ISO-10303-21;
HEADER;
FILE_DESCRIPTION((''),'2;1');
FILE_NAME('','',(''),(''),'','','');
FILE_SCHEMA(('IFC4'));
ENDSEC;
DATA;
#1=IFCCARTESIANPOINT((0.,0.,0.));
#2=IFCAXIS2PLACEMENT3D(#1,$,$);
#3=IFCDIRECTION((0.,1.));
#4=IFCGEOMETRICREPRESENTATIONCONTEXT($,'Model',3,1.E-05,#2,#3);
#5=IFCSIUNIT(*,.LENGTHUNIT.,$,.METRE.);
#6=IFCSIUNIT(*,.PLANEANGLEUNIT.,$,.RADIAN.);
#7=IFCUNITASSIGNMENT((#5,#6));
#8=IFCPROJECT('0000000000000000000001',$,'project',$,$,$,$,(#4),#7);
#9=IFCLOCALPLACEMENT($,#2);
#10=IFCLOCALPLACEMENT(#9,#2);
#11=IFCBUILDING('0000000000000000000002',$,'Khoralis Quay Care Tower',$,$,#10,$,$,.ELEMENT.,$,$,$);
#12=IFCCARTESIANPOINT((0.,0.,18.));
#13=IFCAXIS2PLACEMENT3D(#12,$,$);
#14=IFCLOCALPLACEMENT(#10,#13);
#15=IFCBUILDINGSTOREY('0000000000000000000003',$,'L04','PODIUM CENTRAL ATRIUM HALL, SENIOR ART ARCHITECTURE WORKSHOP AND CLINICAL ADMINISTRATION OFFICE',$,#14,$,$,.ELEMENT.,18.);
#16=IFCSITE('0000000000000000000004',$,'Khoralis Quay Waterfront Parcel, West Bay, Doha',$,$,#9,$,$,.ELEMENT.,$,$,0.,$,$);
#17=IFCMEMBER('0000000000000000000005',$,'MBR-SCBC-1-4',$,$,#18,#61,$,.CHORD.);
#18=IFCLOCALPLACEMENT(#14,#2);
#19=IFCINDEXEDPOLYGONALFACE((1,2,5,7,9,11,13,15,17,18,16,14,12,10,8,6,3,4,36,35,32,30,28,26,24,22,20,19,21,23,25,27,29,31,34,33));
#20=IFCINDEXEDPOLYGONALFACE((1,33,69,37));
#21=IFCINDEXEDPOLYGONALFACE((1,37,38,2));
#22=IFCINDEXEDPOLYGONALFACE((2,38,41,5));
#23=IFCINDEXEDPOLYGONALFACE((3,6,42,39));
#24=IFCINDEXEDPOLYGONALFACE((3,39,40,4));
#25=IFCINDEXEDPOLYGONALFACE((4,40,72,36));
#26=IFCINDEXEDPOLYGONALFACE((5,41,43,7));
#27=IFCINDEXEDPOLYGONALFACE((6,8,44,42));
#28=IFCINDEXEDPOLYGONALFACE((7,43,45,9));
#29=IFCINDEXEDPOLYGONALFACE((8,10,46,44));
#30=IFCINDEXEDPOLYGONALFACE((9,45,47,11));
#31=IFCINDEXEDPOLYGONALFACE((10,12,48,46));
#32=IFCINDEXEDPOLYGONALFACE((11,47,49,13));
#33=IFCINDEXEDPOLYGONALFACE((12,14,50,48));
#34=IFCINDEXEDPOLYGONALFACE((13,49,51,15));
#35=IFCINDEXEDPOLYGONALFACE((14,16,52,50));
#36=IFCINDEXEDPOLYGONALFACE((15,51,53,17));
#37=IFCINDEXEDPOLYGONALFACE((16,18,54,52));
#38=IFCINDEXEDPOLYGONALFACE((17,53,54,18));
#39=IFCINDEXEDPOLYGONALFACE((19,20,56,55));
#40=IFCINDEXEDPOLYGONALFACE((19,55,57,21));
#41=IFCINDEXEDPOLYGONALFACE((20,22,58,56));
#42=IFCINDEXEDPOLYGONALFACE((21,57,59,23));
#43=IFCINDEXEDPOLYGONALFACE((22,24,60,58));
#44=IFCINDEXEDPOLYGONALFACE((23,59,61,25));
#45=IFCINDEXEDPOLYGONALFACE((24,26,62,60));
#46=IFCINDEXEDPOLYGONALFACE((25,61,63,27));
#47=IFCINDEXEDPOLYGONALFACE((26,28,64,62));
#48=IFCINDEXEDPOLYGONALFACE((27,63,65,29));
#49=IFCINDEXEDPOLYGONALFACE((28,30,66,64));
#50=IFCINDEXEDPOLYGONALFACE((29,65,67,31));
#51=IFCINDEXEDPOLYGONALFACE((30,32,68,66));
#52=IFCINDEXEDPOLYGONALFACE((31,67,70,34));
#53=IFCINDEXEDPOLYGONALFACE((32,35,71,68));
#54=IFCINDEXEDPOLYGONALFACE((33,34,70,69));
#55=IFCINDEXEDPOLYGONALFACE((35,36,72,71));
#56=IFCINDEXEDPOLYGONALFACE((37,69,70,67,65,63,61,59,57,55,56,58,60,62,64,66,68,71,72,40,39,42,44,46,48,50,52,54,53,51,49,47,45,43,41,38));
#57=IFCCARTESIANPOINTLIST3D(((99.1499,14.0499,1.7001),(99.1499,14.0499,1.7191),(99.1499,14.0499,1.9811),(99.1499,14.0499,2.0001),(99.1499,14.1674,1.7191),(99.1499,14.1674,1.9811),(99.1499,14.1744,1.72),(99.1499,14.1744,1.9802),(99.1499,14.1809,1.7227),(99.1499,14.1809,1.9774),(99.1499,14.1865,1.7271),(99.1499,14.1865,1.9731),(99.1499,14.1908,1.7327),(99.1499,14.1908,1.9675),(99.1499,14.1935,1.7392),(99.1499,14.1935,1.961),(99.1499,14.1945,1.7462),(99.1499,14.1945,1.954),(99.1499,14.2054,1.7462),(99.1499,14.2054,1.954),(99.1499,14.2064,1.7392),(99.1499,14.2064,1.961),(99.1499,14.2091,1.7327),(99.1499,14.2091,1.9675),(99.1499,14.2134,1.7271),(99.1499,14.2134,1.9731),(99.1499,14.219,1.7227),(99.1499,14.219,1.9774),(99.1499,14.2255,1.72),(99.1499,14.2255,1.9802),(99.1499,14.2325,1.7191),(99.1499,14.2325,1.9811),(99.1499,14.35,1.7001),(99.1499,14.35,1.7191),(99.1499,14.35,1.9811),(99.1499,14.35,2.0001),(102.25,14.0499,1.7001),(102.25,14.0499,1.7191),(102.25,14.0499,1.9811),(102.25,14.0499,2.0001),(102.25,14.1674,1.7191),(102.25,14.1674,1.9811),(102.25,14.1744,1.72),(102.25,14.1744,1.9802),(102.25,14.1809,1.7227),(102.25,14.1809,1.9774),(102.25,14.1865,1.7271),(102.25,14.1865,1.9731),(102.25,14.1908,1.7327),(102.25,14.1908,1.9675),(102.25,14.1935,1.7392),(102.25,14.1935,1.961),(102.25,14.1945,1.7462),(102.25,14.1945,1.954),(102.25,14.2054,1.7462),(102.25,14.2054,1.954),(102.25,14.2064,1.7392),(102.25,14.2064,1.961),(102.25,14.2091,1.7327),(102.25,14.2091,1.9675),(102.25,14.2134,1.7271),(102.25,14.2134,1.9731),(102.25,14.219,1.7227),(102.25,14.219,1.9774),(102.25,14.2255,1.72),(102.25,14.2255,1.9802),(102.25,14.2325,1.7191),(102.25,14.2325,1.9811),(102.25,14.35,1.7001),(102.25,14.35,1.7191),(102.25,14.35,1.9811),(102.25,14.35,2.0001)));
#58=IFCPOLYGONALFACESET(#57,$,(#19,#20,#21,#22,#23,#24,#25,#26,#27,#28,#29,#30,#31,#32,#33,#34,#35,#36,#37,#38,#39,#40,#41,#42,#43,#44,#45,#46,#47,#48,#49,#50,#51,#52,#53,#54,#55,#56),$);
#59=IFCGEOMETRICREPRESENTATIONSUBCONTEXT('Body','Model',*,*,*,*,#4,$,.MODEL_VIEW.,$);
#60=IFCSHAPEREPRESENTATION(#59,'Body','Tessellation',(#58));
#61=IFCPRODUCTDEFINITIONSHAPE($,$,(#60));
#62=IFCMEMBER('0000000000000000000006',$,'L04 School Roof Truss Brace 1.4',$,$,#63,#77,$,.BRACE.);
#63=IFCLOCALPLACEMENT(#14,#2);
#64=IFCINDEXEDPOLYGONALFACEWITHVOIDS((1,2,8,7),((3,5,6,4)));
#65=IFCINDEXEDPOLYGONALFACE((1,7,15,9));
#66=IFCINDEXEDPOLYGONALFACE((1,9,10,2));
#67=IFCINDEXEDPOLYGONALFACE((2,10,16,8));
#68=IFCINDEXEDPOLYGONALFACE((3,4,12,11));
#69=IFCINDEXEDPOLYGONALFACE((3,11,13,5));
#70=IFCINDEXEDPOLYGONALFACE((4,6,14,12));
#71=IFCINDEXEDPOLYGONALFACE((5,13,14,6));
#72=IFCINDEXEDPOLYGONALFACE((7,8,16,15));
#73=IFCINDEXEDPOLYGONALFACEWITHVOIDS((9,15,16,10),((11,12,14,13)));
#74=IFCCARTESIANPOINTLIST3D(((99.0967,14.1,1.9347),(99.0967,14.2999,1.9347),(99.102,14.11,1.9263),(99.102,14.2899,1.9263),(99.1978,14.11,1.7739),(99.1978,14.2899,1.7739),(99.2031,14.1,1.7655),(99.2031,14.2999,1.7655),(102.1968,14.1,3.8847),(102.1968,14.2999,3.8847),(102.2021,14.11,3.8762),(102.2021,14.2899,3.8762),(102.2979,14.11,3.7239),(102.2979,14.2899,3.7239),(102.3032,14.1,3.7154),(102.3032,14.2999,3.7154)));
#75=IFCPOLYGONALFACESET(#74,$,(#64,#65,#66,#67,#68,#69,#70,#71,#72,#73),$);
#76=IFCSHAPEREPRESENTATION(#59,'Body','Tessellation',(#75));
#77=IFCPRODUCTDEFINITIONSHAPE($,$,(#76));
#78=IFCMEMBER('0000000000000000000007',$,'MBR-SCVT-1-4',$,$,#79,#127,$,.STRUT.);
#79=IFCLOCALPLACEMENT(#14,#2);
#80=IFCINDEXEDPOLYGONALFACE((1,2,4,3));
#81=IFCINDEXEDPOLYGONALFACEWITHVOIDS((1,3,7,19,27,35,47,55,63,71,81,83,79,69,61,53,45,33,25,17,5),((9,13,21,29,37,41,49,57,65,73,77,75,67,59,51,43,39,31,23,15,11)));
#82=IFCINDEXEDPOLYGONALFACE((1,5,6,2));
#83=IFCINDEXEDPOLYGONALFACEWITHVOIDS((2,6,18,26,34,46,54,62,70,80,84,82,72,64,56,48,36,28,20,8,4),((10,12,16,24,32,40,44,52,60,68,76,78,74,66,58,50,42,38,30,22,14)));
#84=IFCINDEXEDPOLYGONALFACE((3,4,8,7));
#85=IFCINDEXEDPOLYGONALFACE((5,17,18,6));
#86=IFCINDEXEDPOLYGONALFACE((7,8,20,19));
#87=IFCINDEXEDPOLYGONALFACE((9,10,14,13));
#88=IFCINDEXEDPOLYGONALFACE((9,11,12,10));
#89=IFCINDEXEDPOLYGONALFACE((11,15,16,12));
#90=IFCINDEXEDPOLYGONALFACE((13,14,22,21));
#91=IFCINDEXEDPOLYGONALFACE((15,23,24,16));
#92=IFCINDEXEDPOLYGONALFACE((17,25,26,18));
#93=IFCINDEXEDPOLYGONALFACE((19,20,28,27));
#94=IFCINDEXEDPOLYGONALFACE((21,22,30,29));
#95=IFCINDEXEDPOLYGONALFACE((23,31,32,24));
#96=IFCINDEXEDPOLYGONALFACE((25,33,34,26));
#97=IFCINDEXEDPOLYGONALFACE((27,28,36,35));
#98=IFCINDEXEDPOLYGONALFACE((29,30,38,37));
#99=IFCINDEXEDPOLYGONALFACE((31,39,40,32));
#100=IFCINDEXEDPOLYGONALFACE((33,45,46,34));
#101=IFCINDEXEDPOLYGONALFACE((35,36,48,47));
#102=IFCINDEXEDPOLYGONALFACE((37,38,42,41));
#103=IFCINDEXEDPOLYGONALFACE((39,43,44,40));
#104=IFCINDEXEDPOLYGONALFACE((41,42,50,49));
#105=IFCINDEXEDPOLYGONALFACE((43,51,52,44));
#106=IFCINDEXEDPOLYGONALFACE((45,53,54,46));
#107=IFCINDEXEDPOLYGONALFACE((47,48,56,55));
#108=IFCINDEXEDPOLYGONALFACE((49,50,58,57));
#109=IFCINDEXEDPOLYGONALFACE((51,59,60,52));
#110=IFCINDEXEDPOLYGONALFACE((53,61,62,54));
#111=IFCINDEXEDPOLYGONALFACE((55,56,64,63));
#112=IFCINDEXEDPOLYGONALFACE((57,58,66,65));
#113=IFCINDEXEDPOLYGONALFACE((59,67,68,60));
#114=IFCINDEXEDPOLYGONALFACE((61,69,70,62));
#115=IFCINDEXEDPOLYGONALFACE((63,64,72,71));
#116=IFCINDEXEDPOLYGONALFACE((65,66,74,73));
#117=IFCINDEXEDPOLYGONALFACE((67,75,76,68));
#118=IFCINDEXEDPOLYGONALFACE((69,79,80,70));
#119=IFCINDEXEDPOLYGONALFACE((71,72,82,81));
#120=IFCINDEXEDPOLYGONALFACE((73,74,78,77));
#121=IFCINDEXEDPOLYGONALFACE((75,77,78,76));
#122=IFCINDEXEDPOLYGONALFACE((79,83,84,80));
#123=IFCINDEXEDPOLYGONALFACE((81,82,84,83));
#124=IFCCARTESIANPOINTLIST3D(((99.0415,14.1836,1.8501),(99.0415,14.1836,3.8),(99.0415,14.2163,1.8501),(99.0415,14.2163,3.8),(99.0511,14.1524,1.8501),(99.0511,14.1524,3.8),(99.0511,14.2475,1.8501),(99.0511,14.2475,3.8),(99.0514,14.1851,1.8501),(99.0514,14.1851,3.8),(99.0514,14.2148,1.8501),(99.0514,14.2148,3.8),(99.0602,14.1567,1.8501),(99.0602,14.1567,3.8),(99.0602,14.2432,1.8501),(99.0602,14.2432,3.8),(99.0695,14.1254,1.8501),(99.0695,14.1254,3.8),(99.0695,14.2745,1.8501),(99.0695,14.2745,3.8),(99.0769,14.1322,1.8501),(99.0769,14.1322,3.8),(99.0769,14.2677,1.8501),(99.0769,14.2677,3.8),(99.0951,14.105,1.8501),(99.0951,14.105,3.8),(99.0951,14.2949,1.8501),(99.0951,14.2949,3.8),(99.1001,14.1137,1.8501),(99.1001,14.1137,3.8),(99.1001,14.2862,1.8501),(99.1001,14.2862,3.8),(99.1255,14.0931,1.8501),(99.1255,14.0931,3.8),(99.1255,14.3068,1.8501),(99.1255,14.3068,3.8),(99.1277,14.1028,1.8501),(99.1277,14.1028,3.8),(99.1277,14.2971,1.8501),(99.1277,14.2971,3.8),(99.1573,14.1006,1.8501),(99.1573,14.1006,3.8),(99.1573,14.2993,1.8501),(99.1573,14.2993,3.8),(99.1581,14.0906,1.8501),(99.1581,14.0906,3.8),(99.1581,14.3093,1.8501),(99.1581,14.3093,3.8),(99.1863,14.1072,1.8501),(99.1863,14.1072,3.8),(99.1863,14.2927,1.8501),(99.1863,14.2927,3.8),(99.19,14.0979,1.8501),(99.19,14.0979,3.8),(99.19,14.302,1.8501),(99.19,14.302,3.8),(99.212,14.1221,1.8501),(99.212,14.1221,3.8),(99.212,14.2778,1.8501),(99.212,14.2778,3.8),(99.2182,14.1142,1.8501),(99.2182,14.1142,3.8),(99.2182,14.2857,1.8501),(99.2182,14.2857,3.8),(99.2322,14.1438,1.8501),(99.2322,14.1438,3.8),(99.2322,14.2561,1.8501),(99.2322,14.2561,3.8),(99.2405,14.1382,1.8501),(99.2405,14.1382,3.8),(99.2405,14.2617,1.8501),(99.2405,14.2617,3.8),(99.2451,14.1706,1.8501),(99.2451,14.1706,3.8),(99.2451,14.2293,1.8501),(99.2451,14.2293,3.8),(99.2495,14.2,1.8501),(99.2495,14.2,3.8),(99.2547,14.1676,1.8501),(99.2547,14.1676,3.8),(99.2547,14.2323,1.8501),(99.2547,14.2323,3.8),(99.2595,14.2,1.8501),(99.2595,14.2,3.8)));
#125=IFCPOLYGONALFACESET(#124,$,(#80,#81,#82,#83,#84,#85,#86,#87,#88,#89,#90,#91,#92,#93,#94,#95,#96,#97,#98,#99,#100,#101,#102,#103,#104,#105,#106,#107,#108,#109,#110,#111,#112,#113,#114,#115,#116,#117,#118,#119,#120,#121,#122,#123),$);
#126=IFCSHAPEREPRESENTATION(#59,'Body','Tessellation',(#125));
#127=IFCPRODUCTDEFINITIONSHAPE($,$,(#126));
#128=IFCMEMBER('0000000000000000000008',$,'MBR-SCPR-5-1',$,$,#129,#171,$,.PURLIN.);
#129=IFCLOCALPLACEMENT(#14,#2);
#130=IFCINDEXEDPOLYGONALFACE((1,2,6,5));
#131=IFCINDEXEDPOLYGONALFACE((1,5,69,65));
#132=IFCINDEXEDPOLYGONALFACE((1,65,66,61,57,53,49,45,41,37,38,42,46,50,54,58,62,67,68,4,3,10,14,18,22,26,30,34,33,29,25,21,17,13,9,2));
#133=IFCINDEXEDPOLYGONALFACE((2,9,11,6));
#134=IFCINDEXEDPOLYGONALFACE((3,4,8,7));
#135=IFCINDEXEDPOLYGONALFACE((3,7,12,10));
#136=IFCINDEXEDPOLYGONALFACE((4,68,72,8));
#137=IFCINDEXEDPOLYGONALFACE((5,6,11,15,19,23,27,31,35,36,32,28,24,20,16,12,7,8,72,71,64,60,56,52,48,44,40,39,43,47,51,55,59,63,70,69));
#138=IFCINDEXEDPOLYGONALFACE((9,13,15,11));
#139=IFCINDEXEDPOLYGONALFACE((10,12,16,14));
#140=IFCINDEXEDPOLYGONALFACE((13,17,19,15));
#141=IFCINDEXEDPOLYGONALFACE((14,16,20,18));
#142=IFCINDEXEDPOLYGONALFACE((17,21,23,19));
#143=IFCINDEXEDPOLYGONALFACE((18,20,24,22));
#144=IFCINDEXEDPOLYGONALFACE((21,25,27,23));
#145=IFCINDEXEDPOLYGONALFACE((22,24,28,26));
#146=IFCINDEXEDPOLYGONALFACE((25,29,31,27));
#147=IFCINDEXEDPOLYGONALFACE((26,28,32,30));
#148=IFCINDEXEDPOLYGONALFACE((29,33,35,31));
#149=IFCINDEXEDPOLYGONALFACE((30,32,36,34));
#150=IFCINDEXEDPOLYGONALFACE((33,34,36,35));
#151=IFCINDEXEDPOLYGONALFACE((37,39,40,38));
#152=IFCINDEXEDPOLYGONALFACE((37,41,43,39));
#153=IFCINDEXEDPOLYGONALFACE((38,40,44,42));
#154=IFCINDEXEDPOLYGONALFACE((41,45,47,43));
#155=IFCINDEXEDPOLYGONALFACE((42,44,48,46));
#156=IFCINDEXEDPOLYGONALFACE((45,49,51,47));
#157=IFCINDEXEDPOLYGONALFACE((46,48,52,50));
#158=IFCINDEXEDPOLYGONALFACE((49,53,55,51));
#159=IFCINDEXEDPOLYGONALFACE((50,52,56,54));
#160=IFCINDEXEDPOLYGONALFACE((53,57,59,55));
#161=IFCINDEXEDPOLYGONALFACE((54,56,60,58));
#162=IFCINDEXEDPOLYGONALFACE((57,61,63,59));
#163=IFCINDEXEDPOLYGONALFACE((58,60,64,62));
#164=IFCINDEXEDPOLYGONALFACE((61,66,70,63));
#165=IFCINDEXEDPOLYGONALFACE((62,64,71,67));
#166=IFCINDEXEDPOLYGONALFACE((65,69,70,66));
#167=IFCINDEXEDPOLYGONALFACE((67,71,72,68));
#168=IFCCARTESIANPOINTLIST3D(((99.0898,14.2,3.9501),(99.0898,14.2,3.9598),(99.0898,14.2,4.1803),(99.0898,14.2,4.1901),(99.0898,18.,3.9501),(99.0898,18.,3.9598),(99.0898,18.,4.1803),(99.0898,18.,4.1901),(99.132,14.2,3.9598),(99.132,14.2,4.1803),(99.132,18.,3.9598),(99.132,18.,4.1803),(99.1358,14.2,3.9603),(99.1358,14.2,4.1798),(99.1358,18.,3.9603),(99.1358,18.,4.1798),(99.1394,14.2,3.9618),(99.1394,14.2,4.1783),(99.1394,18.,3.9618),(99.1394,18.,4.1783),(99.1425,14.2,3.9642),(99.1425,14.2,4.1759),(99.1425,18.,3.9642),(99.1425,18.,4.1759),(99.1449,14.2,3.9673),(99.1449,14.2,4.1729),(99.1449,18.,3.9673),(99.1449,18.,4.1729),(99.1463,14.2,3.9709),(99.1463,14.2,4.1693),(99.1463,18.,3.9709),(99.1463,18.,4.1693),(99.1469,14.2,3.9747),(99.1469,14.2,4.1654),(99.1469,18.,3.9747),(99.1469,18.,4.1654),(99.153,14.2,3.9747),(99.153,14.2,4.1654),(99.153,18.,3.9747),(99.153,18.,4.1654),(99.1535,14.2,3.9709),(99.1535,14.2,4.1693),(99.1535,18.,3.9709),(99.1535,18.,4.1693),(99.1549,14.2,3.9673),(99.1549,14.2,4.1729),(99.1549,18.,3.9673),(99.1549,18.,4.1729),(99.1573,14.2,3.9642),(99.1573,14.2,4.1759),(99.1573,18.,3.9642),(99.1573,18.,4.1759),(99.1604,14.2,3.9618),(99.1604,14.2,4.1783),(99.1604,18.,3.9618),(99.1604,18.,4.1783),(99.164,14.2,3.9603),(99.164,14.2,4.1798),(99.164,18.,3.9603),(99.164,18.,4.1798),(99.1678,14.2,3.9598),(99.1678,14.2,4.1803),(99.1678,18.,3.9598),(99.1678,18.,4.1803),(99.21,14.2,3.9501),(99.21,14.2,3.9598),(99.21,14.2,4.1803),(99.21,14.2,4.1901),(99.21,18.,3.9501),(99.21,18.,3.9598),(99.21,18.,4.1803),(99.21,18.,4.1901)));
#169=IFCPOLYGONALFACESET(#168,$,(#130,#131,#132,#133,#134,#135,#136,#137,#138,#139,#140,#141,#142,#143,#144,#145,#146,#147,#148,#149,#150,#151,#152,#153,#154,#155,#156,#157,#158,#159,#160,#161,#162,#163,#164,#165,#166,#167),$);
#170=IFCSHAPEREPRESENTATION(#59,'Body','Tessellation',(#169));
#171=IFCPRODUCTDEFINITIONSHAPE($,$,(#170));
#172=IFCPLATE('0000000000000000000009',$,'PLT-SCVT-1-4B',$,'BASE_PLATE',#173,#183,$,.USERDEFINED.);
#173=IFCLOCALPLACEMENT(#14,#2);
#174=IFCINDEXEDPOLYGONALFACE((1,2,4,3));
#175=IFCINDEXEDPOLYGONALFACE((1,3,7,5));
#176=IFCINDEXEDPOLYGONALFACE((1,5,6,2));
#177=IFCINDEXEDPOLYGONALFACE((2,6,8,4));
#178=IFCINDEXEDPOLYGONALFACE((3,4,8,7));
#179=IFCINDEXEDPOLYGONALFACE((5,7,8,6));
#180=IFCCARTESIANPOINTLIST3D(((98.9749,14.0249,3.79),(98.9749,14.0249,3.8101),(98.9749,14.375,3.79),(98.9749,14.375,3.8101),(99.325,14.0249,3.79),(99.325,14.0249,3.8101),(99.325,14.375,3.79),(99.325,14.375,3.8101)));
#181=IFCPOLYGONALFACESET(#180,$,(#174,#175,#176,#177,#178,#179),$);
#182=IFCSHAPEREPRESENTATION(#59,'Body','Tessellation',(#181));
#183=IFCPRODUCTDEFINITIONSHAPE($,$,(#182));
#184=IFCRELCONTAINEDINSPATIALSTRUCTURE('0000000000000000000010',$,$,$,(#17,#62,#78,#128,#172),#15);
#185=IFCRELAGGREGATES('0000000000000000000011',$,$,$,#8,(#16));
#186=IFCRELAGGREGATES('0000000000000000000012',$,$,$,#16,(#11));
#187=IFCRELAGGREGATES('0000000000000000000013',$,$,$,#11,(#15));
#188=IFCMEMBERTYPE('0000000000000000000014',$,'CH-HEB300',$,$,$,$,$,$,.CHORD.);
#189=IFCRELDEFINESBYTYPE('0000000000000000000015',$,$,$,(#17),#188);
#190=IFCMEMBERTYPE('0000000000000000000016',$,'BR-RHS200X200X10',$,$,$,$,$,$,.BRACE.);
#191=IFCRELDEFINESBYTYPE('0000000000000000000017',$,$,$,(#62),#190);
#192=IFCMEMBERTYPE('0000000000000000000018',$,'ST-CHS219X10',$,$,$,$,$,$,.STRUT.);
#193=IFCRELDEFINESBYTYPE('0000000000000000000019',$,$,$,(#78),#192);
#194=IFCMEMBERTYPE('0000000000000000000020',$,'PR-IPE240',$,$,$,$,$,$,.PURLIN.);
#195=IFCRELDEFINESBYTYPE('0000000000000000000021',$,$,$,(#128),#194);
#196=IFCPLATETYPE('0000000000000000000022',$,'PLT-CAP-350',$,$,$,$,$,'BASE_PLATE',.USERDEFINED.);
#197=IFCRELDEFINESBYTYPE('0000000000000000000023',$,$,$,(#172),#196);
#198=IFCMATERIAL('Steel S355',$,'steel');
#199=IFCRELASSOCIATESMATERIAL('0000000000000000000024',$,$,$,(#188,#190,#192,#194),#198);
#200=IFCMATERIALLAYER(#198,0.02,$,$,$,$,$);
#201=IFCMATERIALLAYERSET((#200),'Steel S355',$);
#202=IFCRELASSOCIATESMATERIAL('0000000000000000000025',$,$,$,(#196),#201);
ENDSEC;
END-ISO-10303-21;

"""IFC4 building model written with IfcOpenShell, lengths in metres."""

from ifc_helpers import new_model, si_unit, direction, frame, origin, origin_2d, place, context, subcontext, project, spatial, rectangle, hollow_rectangle, hollow_circle, i_section, extrude, source, transform, mapped, material, layer, layer_set, material_profile, profile_set, type_object, element, save


model = new_model("IFC4")

# Units and contexts
model_context = context("Model", 3, precision=1e-05, world=origin(), true_north=direction((0.0, 1.0)))
body_context = subcontext(model_context, "Body", "Model", "MODEL_VIEW")
ifc_project = project(units=[si_unit("LENGTHUNIT", "METRE"), si_unit("PLANEANGLEUNIT", "RADIAN")], contexts=[model_context])

# Site, building, storey
site_placement = place(None, origin())
site = spatial("IfcSite", under=ifc_project, at=site_placement, Name="Khoralis Quay Waterfront Parcel, West Bay, Doha", CompositionType="ELEMENT", RefElevation=0.0)
building_placement = place(site_placement, origin())
building = spatial("IfcBuilding", under=site, at=building_placement, Name="Khoralis Quay Care Tower", CompositionType="ELEMENT")
storey_placement = place(building_placement, frame((0.0, 0.0, 18.0)))
storey = spatial("IfcBuildingStorey", under=building, at=storey_placement, Name="L04", Description="PODIUM CENTRAL ATRIUM HALL, SENIOR ART ARCHITECTURE WORKSHOP AND CLINICAL ADMINISTRATION OFFICE", CompositionType="ELEMENT", Elevation=18.0)

# Members
ifc_material_1 = material(Name="Steel S355", Category="steel")
ifc_material_profile_1 = material_profile(ifc_material_1, i_section(OverallWidth=0.3, OverallDepth=0.3, WebThickness=0.011, FlangeThickness=0.019, FilletRadius=0.0271, at=origin_2d()), Name="Steel S355")
ifc_profile_set_1 = profile_set([ifc_material_profile_1], Name="Steel S355")
member_type_1 = type_object("IfcMemberType", Name="CH-HEB300", PredefinedType="CHORD", material=ifc_profile_set_1)
shared_shape_1 = source(origin(), body_context, "Body", "SweptSolid", [
    extrude(i_section(OverallWidth=0.3, OverallDepth=0.3, WebThickness=0.011, FlangeThickness=0.019, FilletRadius=0.0271, at=origin_2d()), origin(), (0.0, 0.0, 1.0), 3.1001),
])
member_1_placement = place(storey_placement, frame((99.1499, 14.2, 1.8501), z_axis=(1.0, 0.0, 0.0), x_axis=(0.0, 1.0, 0.0)))
element("IfcMember", 1, at=member_1_placement, inside=storey, type_object=member_type_1, Name="MBR-SCBC-1-4", PredefinedType="CHORD", context=body_context, shape_type="MappedRepresentation", body=[
    mapped(shared_shape_1, transform((0.0, 0.0, 0.0), scale=1.0)),
])
ifc_material_profile_2 = material_profile(ifc_material_1, hollow_rectangle(XDim=0.2, YDim=0.2, WallThickness=0.01, at=origin_2d()), Name="Steel S355")
ifc_profile_set_2 = profile_set([ifc_material_profile_2], Name="Steel S355")
member_type_2 = type_object("IfcMemberType", Name="BR-RHS200X200X10", PredefinedType="BRACE", material=ifc_profile_set_2)
shared_shape_2 = source(origin(), body_context, "Body", "SweptSolid", [
    extrude(hollow_rectangle(XDim=0.2, YDim=0.2, WallThickness=0.01, at=origin_2d()), origin(), (0.0, 0.0, 1.0), 3.6624),
])
member_2_placement = place(storey_placement, frame((99.1499, 14.2, 1.8501), z_axis=(0.846474, 0.0, 0.53243), x_axis=(0.0, 1.0, 0.0)))
element("IfcMember", 2, at=member_2_placement, inside=storey, type_object=member_type_2, Name="L04 School Roof Truss Brace 1.4", PredefinedType="BRACE", context=body_context, shape_type="MappedRepresentation", body=[
    mapped(shared_shape_2, transform((0.0, 0.0, 0.0), scale=1.0)),
])
ifc_material_profile_3 = material_profile(ifc_material_1, hollow_circle(Radius=0.1096, WallThickness=0.01, at=origin_2d()), Name="Steel S355")
ifc_profile_set_3 = profile_set([ifc_material_profile_3], Name="Steel S355")
member_type_3 = type_object("IfcMemberType", Name="ST-CHS219X10", PredefinedType="STRUT", material=ifc_profile_set_3)
shared_shape_3 = source(origin(), body_context, "Body", "SweptSolid", [
    extrude(hollow_circle(Radius=0.1096, WallThickness=0.01, at=origin_2d()), origin(), (0.0, 0.0, 1.0), 1.95),
])
member_3_placement = place(storey_placement, frame((99.1499, 14.2, 1.8501), z_axis=(0.0, 0.0, 1.0), x_axis=(1.0, 0.0, 0.0)))
element("IfcMember", 3, at=member_3_placement, inside=storey, type_object=member_type_3, Name="MBR-SCVT-1-4", PredefinedType="STRUT", context=body_context, shape_type="MappedRepresentation", body=[
    mapped(shared_shape_3, transform((0.0, 0.0, 0.0), scale=1.0)),
])
ifc_material_profile_4 = material_profile(ifc_material_1, i_section(OverallWidth=0.1201, OverallDepth=0.24, WebThickness=0.0061, FlangeThickness=0.0098, FilletRadius=0.0149, at=origin_2d()), Name="Steel S355")
ifc_profile_set_4 = profile_set([ifc_material_profile_4], Name="Steel S355")
member_type_4 = type_object("IfcMemberType", Name="PR-IPE240", PredefinedType="PURLIN", material=ifc_profile_set_4)
shared_shape_4 = source(origin(), body_context, "Body", "SweptSolid", [
    extrude(i_section(OverallWidth=0.1201, OverallDepth=0.24, WebThickness=0.0061, FlangeThickness=0.0098, FilletRadius=0.0149, at=origin_2d()), origin(), (0.0, 0.0, 1.0), 3.8),
])
member_4_placement = place(storey_placement, frame((99.1499, 14.2, 4.0701), z_axis=(0.0, 1.0, 0.0), x_axis=(-1.0, 0.0, 0.0)))
element("IfcMember", 4, at=member_4_placement, inside=storey, type_object=member_type_4, Name="MBR-SCPR-5-1", PredefinedType="PURLIN", context=body_context, shape_type="MappedRepresentation", body=[
    mapped(shared_shape_4, transform((0.0, 0.0, 0.0), scale=1.0)),
])

# Plate
ifc_layer_1 = layer(ifc_material_1, 0.02)
ifc_layer_set_1 = layer_set([ifc_layer_1], Name="Steel S355")
plate_type = type_object("IfcPlateType", Name="PLT-CAP-350", ElementType="BASE_PLATE", PredefinedType="USERDEFINED", material=ifc_layer_set_1)
shared_shape_5 = source(origin(), body_context, "Body", "SweptSolid", [
    extrude(rectangle(XDim=0.3501, YDim=0.3501, at=origin_2d()), origin(), (0.0, 0.0, 1.0), 0.02),
])
plate_placement = place(storey_placement, frame((99.1499, 14.2, 3.79), z_axis=(0.0, 0.0, 1.0), x_axis=(1.0, 0.0, 0.0)))
element("IfcPlate", 5, at=plate_placement, inside=storey, type_object=plate_type, Name="PLT-SCVT-1-4B", ObjectType="BASE_PLATE", PredefinedType="USERDEFINED", context=body_context, shape_type="MappedRepresentation", body=[
    mapped(shared_shape_5, transform((0.0, 0.0, 0.0), scale=1.0)),
])

save(model, "model.ifc")
